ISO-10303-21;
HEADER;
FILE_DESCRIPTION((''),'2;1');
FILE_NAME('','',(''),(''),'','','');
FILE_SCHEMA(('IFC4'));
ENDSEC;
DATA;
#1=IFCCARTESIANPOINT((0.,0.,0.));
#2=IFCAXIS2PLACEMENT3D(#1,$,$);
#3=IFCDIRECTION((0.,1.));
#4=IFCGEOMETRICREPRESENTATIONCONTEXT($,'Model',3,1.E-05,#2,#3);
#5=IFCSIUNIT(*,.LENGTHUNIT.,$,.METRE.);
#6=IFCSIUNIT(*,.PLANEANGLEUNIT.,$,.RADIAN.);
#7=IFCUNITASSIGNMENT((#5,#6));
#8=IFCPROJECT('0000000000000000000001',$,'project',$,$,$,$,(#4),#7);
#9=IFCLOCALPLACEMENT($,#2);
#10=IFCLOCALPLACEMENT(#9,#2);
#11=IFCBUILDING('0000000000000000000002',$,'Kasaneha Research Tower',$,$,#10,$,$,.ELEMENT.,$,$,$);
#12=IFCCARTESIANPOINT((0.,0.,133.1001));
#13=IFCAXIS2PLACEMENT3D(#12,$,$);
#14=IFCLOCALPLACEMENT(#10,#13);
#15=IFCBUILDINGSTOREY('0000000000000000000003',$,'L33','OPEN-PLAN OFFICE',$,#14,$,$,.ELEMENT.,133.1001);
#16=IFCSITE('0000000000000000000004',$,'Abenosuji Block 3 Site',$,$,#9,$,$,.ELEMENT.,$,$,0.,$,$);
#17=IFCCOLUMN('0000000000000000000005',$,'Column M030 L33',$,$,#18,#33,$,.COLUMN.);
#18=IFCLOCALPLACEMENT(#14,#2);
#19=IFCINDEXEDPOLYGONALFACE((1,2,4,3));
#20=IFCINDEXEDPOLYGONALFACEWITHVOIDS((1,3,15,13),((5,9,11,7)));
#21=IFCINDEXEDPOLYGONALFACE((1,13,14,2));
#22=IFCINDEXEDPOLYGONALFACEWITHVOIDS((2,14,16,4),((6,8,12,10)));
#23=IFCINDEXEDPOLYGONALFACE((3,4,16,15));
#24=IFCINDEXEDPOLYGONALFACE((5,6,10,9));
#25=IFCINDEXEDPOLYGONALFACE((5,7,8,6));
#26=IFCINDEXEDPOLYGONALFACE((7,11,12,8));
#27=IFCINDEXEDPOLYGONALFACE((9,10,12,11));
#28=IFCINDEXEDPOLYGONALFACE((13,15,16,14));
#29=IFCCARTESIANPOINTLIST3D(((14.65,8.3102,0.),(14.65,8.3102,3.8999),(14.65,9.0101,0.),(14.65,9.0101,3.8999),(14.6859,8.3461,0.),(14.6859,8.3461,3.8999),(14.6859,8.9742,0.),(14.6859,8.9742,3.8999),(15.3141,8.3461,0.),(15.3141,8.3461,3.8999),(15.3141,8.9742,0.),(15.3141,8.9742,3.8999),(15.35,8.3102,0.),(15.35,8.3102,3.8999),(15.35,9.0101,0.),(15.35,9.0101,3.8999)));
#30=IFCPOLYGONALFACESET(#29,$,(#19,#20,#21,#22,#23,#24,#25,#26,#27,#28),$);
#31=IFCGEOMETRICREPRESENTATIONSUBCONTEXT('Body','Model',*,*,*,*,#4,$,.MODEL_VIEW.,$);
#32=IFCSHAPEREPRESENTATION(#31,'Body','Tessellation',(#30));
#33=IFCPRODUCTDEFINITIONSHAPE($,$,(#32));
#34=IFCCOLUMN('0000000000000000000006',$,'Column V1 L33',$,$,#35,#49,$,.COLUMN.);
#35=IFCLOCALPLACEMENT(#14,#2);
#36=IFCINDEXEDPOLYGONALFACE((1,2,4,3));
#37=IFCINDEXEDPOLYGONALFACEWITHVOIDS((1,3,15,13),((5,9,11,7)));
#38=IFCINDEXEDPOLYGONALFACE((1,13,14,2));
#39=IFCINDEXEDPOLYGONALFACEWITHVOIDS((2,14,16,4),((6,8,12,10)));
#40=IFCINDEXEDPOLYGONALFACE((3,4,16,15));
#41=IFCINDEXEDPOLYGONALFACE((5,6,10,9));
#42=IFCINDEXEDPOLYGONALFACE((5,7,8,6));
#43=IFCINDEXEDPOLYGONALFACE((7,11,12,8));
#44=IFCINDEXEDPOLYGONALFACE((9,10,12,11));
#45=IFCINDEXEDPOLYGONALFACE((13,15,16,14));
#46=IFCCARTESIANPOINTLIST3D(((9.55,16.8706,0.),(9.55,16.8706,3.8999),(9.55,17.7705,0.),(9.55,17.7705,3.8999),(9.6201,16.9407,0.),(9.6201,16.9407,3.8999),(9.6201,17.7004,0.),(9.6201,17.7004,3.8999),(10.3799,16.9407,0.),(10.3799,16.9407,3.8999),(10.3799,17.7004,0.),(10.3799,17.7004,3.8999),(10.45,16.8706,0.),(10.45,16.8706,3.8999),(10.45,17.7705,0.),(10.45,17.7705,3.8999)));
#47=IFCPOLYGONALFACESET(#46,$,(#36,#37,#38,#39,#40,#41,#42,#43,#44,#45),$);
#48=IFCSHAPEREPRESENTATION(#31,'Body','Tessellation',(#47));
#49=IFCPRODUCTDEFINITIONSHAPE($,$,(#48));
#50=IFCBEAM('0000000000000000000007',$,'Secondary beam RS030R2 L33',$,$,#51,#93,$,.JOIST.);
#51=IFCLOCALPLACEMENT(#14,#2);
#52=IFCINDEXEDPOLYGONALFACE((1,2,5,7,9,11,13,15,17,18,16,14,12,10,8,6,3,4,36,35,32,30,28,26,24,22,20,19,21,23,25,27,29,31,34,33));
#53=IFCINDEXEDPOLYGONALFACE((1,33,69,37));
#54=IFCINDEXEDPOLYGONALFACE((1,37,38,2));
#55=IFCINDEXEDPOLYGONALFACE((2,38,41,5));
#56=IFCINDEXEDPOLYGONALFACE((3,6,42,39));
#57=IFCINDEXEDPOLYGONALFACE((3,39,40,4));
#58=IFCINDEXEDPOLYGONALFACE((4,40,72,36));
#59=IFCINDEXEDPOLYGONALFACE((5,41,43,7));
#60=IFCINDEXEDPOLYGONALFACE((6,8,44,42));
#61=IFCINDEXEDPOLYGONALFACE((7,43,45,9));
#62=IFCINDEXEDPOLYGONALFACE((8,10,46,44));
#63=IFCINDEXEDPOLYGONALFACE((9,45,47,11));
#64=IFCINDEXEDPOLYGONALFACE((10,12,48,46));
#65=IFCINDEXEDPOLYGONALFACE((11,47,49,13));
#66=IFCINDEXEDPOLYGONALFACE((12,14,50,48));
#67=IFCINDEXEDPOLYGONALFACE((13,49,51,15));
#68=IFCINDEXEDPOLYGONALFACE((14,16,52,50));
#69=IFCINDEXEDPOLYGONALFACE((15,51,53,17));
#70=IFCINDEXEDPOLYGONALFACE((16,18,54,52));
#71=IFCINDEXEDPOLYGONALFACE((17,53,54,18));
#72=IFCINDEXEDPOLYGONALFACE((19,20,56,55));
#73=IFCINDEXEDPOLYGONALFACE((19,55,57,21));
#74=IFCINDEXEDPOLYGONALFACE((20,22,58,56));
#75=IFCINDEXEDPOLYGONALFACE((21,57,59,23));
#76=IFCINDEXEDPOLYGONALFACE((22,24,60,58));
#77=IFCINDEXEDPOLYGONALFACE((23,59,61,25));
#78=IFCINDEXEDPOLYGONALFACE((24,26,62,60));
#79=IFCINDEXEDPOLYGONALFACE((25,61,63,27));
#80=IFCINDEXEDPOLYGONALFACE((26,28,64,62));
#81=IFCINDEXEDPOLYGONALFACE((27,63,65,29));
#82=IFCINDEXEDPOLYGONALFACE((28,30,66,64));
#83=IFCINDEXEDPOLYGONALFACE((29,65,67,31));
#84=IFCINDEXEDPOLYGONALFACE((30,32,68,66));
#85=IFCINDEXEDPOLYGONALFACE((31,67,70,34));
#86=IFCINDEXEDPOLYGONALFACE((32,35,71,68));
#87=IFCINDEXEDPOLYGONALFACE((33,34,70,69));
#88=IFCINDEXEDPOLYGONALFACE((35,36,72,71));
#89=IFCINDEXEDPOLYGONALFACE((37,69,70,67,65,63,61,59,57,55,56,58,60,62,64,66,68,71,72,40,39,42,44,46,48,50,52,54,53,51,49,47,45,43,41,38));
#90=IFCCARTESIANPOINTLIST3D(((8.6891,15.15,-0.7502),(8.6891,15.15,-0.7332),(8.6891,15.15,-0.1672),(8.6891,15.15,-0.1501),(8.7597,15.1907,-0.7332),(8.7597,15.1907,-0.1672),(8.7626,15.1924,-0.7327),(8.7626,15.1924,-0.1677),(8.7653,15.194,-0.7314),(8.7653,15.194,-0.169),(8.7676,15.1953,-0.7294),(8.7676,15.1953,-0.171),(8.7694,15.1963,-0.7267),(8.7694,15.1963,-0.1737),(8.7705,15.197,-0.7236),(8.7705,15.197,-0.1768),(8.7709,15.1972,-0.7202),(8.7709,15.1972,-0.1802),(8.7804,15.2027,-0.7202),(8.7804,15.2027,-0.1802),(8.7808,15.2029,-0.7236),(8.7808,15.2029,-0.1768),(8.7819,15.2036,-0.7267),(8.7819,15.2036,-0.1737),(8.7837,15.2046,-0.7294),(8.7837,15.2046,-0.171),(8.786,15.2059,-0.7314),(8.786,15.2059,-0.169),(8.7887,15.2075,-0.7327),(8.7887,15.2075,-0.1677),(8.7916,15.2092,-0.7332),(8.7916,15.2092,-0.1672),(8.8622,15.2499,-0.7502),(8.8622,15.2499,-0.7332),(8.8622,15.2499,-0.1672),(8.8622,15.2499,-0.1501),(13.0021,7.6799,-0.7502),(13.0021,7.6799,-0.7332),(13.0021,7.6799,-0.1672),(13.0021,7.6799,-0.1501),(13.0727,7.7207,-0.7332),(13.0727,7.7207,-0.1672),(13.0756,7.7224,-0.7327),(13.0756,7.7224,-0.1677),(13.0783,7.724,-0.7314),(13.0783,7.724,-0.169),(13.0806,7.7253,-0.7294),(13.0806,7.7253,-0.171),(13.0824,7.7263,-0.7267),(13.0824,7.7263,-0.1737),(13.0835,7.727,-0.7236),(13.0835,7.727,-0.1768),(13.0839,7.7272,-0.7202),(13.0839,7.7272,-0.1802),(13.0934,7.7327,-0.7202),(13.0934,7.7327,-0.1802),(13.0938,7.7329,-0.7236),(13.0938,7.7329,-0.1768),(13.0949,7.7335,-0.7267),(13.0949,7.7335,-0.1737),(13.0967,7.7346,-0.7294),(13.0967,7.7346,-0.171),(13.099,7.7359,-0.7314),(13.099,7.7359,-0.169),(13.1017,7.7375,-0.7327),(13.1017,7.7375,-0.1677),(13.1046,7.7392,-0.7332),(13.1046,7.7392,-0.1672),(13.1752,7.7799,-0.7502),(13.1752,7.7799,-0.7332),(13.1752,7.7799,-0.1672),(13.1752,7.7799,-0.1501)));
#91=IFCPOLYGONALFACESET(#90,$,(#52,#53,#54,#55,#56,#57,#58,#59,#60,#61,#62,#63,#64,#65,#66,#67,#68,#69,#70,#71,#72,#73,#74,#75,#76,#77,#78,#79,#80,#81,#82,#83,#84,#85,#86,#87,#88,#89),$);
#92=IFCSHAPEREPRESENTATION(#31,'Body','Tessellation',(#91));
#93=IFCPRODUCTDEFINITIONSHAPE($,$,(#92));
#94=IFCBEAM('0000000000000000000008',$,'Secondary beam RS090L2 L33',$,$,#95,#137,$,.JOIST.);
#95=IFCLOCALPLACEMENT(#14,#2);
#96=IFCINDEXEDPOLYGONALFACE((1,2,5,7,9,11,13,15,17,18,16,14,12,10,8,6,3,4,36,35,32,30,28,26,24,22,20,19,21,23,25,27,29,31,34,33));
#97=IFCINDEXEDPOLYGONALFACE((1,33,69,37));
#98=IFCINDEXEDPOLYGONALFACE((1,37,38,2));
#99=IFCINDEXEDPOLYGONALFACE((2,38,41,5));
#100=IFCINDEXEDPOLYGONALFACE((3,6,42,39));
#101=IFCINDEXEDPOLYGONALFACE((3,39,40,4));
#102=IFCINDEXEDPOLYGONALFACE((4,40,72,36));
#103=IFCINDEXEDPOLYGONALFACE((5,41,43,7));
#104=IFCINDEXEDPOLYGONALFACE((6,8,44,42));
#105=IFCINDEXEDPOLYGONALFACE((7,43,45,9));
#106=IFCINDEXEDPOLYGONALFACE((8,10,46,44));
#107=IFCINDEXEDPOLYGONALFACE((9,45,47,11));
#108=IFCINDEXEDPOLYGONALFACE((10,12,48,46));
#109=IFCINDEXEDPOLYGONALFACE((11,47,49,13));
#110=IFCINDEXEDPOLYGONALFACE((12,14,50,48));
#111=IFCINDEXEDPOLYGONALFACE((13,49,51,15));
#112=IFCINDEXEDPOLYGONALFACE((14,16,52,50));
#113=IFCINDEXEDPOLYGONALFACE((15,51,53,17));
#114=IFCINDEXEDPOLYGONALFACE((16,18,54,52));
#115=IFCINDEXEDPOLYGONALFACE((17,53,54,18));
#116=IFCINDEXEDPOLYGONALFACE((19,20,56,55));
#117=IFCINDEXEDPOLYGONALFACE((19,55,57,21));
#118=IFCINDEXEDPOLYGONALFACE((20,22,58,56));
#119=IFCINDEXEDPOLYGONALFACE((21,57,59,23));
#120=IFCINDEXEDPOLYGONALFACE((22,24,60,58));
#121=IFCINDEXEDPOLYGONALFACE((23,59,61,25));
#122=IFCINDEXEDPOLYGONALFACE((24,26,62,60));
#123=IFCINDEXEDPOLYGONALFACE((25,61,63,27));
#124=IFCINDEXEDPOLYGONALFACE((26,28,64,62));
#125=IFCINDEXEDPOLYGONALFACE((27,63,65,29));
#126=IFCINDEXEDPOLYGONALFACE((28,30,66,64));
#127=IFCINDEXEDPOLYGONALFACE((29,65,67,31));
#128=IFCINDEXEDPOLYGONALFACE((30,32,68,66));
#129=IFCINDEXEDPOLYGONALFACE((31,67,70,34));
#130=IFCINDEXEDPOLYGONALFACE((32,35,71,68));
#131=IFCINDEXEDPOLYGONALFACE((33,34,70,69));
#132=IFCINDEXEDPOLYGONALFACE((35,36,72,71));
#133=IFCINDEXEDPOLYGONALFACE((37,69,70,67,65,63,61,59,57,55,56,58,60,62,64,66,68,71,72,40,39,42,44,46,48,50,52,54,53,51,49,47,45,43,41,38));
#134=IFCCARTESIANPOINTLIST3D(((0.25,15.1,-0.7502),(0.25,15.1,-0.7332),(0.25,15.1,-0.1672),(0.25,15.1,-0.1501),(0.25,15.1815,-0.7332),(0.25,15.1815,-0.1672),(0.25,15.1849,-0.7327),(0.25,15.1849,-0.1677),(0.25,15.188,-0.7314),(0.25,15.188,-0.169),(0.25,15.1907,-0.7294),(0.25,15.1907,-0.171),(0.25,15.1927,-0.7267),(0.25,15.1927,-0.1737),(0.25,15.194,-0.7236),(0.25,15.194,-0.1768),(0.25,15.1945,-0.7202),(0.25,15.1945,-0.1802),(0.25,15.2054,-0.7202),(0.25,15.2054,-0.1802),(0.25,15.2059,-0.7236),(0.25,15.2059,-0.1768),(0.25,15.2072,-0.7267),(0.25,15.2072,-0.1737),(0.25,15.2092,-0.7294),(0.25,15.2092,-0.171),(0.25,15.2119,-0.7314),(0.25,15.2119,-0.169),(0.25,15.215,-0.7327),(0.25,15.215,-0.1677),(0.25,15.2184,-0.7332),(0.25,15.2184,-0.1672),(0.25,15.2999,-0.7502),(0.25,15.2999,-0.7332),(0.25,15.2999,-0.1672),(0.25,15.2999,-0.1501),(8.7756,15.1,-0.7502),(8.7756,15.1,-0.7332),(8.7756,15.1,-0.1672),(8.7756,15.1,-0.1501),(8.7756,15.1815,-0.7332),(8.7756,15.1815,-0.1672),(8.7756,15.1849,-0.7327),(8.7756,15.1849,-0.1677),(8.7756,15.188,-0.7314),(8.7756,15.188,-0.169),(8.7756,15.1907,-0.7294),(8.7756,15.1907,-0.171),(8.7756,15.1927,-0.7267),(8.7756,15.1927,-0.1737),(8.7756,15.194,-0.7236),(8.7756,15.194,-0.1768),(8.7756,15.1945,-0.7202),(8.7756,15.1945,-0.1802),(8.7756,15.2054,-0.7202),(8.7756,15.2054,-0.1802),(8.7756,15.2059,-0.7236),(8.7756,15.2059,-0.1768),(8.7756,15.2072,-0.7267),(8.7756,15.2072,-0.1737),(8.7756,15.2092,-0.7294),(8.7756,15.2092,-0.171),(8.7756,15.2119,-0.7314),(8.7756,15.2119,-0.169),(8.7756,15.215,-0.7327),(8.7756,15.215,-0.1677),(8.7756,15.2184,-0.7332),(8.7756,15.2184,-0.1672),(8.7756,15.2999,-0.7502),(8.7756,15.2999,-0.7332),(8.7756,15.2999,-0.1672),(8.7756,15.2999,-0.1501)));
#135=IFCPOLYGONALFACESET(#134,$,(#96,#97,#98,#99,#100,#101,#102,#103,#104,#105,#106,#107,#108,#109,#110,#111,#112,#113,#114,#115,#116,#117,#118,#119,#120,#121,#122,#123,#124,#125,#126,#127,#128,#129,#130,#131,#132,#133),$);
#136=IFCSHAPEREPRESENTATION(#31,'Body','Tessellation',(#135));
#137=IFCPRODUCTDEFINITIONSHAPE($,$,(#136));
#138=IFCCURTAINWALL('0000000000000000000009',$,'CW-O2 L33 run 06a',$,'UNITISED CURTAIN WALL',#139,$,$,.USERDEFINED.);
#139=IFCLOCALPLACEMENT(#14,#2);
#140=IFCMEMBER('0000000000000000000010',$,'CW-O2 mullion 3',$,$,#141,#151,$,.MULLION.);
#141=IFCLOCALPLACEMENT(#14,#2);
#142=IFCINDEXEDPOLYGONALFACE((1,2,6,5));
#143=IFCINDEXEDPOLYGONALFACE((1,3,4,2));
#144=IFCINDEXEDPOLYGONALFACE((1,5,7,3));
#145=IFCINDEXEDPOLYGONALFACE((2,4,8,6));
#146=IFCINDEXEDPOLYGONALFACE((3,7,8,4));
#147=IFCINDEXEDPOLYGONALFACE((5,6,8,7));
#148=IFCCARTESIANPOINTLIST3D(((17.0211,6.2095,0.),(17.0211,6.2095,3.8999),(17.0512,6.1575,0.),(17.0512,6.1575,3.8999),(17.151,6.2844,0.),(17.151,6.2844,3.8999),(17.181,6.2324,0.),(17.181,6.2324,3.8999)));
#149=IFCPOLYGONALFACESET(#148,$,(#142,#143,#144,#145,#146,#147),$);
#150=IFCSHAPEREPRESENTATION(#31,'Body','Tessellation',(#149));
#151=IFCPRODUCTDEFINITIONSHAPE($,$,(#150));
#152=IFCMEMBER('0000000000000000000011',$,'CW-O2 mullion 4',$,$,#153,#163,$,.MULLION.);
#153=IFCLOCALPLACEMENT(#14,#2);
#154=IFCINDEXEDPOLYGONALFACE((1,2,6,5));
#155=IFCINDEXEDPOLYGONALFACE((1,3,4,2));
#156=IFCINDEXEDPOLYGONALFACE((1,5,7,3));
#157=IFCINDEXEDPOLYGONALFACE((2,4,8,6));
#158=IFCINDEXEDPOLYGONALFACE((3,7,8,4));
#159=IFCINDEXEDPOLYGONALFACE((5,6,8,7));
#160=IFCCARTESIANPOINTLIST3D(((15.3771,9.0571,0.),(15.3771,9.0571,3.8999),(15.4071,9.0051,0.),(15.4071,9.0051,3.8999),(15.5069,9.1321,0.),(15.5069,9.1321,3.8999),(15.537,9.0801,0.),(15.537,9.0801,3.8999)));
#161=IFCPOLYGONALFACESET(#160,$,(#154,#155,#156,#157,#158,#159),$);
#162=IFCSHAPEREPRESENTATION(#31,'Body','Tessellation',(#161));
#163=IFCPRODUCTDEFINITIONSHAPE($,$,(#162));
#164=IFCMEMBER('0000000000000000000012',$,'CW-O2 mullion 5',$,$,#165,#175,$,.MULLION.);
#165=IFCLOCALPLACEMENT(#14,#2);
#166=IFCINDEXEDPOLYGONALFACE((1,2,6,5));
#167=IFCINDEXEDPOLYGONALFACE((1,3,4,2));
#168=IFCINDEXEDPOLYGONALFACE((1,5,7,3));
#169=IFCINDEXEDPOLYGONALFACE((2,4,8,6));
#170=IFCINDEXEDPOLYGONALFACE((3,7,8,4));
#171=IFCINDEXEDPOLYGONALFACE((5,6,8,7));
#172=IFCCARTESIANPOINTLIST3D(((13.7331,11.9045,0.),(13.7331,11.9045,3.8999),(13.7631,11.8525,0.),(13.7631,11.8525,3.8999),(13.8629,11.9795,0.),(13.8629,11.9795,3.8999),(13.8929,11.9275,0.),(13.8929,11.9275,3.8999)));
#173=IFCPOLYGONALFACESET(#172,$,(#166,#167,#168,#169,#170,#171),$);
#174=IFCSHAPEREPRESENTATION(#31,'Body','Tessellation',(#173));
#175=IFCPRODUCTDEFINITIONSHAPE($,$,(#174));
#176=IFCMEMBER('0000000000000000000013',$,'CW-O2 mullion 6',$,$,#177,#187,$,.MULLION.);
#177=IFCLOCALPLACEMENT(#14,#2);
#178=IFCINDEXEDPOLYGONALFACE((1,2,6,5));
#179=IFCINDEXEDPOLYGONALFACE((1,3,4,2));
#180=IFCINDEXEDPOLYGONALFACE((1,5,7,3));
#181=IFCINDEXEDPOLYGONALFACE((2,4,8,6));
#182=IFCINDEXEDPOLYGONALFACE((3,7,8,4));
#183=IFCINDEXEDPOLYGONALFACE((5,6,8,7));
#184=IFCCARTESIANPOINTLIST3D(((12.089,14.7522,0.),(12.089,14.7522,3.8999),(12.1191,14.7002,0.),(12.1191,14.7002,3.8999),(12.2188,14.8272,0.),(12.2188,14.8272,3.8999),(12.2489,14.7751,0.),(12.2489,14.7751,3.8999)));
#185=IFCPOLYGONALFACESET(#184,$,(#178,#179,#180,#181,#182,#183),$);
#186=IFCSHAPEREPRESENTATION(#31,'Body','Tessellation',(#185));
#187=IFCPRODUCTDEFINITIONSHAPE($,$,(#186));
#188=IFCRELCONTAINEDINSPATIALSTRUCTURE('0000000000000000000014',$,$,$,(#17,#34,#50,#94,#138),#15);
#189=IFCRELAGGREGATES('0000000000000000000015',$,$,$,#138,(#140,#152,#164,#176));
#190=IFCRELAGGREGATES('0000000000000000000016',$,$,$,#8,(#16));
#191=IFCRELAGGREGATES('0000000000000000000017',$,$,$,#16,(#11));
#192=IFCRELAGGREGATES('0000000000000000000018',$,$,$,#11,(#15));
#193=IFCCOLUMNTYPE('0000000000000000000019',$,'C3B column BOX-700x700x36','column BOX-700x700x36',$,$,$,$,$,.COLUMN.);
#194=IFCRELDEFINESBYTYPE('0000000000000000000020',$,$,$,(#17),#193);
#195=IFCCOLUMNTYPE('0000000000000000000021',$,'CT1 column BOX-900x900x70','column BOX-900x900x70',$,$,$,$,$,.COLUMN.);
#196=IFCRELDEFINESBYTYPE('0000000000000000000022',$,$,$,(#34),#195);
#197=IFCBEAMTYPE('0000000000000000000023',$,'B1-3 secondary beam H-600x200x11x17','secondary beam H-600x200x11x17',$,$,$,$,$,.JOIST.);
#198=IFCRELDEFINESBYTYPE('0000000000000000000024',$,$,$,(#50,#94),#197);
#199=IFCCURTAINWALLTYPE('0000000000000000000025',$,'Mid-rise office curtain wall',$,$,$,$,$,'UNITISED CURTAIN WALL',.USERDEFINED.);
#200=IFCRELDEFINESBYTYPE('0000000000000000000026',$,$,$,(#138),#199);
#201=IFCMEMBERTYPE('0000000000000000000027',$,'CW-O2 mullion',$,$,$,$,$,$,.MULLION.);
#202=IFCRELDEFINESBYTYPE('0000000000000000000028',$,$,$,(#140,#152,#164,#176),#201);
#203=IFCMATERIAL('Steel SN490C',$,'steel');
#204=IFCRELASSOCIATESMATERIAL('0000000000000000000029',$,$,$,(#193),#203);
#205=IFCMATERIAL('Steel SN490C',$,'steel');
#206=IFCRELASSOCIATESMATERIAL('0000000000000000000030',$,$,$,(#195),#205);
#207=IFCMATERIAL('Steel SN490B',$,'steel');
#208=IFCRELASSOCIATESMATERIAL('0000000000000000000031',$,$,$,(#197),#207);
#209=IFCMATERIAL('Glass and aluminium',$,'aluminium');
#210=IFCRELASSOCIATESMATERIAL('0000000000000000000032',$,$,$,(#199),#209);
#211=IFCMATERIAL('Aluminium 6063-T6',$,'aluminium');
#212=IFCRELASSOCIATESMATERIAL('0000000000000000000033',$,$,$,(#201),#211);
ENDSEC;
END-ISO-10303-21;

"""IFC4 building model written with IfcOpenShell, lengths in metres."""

from ifc_helpers import new_model, si_unit, direction, frame, origin, origin_2d, place, context, subcontext, project, spatial, rectangle, hollow_rectangle, i_section, extrude, material, material_profile, profile_set, type_object, element, aggregate, save


model = new_model("IFC4")

# Units and contexts
model_context = context("Model", 3, precision=1e-05, world=origin(), true_north=direction((0.0, 1.0)))
body_context = subcontext(model_context, "Body", "Model", "MODEL_VIEW")
ifc_project = project(units=[si_unit("LENGTHUNIT", "METRE"), si_unit("PLANEANGLEUNIT", "RADIAN")], contexts=[model_context])

# Site, building, storey
site_placement = place(None, origin())
site = spatial("IfcSite", under=ifc_project, at=site_placement, Name="Abenosuji Block 3 Site", CompositionType="ELEMENT", RefElevation=0.0)
building_placement = place(site_placement, origin())
building = spatial("IfcBuilding", under=site, at=building_placement, Name="Kasaneha Research Tower", CompositionType="ELEMENT")
storey_placement = place(building_placement, frame((0.0, 0.0, 133.1001)))
storey = spatial("IfcBuildingStorey", under=building, at=storey_placement, Name="L33", Description="OPEN-PLAN OFFICE", CompositionType="ELEMENT", Elevation=133.1001)

# Columns
ifc_material_1 = material(Name="Steel SN490C", Category="steel")
ifc_material_profile_1 = material_profile(ifc_material_1, hollow_rectangle(XDim=0.7, YDim=0.7, WallThickness=0.0359, at=origin_2d()), Name="BOX-700x700x36")
ifc_profile_set_1 = profile_set([ifc_material_profile_1], Name="Steel SN490C")
column_type_1 = type_object("IfcColumnType", Name="C3B column BOX-700x700x36", Description="column BOX-700x700x36", PredefinedType="COLUMN", material=ifc_profile_set_1)
column_1_placement = place(storey_placement, frame((15.0, 8.6602, 0.0), z_axis=(0.0, 0.0, 1.0), x_axis=(1.0, 0.0, 0.0)))
element("IfcColumn", 1, at=column_1_placement, inside=storey, type_object=column_type_1, Name="Column M030 L33", PredefinedType="COLUMN", context=body_context, shape_type="SweptSolid", body=[
    extrude(hollow_rectangle(XDim=0.7, YDim=0.7, WallThickness=0.0359, at=origin_2d()), origin(), (0.0, 0.0, 1.0), 3.8999),
])
ifc_material_2 = material(Name="Steel SN490C", Category="steel")
ifc_material_profile_2 = material_profile(ifc_material_2, hollow_rectangle(XDim=0.8999, YDim=0.8999, WallThickness=0.0701, at=origin_2d()), Name="BOX-900x900x70")
ifc_profile_set_2 = profile_set([ifc_material_profile_2], Name="Steel SN490C")
column_type_2 = type_object("IfcColumnType", Name="CT1 column BOX-900x900x70", Description="column BOX-900x900x70", PredefinedType="COLUMN", material=ifc_profile_set_2)
column_2_placement = place(storey_placement, frame((10.0, 17.3206, 0.0), z_axis=(0.0, 0.0, 1.0), x_axis=(1.0, 0.0, 0.0)))
element("IfcColumn", 2, at=column_2_placement, inside=storey, type_object=column_type_2, Name="Column V1 L33", PredefinedType="COLUMN", context=body_context, shape_type="SweptSolid", body=[
    extrude(hollow_rectangle(XDim=0.8999, YDim=0.8999, WallThickness=0.0701, at=origin_2d()), origin(), (0.0, 0.0, 1.0), 3.8999),
])

# Beams
ifc_material_3 = material(Name="Steel SN490B", Category="steel")
ifc_material_profile_3 = material_profile(ifc_material_3, i_section(OverallWidth=0.2, OverallDepth=0.6001, WebThickness=0.011, FlangeThickness=0.0171, FilletRadius=0.0129, at=origin_2d()), Name="H-600x200x11x17")
ifc_profile_set_3 = profile_set([ifc_material_profile_3], Name="Steel SN490B")
beam_type_1 = type_object("IfcBeamType", Name="B1-3 secondary beam H-600x200x11x17", Description="secondary beam H-600x200x11x17", PredefinedType="JOIST", material=ifc_profile_set_3)
beam_1_placement = place(storey_placement, frame((8.7756, 15.2, -0.4502), z_axis=(0.500017, -0.866015, 0.0), x_axis=(0.866015, 0.500017, 0.0)))
element("IfcBeam", 3, at=beam_1_placement, inside=storey, type_object=beam_type_1, Name="Secondary beam RS030R2 L33", PredefinedType="JOIST", context=body_context, shape_type="SweptSolid", body=[
    extrude(i_section(OverallWidth=0.2, OverallDepth=0.6001, WebThickness=0.011, FlangeThickness=0.0171, FilletRadius=0.0129, at=origin_2d()), origin(), (0.0, 0.0, 1.0), 8.6257),
])
beam_2_placement = place(storey_placement, frame((8.7756, 15.2, -0.4502), z_axis=(-1.0, 0.0, 0.0), x_axis=(0.0, -1.0, 0.0)))
element("IfcBeam", 4, at=beam_2_placement, inside=storey, type_object=beam_type_1, Name="Secondary beam RS090L2 L33", PredefinedType="JOIST", context=body_context, shape_type="SweptSolid", body=[
    extrude(i_section(OverallWidth=0.2, OverallDepth=0.6001, WebThickness=0.011, FlangeThickness=0.0171, FilletRadius=0.0129, at=origin_2d()), origin(), (0.0, 0.0, 1.0), 8.5256),
])

# Curtain wall, members
ifc_material_4 = material(Name="Glass and aluminium", Category="aluminium")
curtain_wall_type = type_object("IfcCurtainWallType", Name="Mid-rise office curtain wall", ElementType="UNITISED CURTAIN WALL", PredefinedType="USERDEFINED", material=ifc_material_4)
curtain_wall_1_placement = place(storey_placement, origin())
curtain_wall_1 = element("IfcCurtainWall", 5, at=curtain_wall_1_placement, inside=storey, type_object=curtain_wall_type, Name="CW-O2 L33 run 06a", ObjectType="UNITISED CURTAIN WALL", PredefinedType="USERDEFINED")
ifc_material_5 = material(Name="Aluminium 6063-T6", Category="aluminium")
ifc_material_profile_4 = material_profile(ifc_material_5, rectangle(XDim=0.0601, YDim=0.1499, at=origin_2d()), Name="CW-O2 mullion 60x150")
ifc_profile_set_4 = profile_set([ifc_material_profile_4], Name="Aluminium 6063-T6")
member_type_1 = type_object("IfcMemberType", Name="CW-O2 mullion", PredefinedType="MULLION", material=ifc_profile_set_4)
member_1_placement = place(storey_placement, frame((17.1011, 6.2209, 0.0), z_axis=(0.0, 0.0, 1.0), x_axis=(-0.5, 0.866025, 0.0)))
member_1 = element("IfcMember", 6, at=member_1_placement, type_object=member_type_1, Name="CW-O2 mullion 3", PredefinedType="MULLION", context=body_context, shape_type="SweptSolid", body=[
    extrude(rectangle(XDim=0.0601, YDim=0.1499, at=origin_2d()), origin(), (0.0, 0.0, 1.0), 3.8999),
])
member_2_placement = place(storey_placement, frame((15.457, 9.0686, 0.0), z_axis=(0.0, 0.0, 1.0), x_axis=(-0.5, 0.866025, 0.0)))
member_2 = element("IfcMember", 7, at=member_2_placement, type_object=member_type_1, Name="CW-O2 mullion 4", PredefinedType="MULLION", context=body_context, shape_type="SweptSolid", body=[
    extrude(rectangle(XDim=0.0601, YDim=0.1499, at=origin_2d()), origin(), (0.0, 0.0, 1.0), 3.8999),
])
member_3_placement = place(storey_placement, frame((13.813, 11.916, 0.0), z_axis=(0.0, 0.0, 1.0), x_axis=(-0.5, 0.866025, 0.0)))
member_3 = element("IfcMember", 8, at=member_3_placement, type_object=member_type_1, Name="CW-O2 mullion 5", PredefinedType="MULLION", context=body_context, shape_type="SweptSolid", body=[
    extrude(rectangle(XDim=0.0601, YDim=0.1499, at=origin_2d()), origin(), (0.0, 0.0, 1.0), 3.8999),
])
member_4_placement = place(storey_placement, frame((12.1689, 14.7637, 0.0), z_axis=(0.0, 0.0, 1.0), x_axis=(-0.5, 0.866025, 0.0)))
member_4 = element("IfcMember", 9, at=member_4_placement, type_object=member_type_1, Name="CW-O2 mullion 6", PredefinedType="MULLION", context=body_context, shape_type="SweptSolid", body=[
    extrude(rectangle(XDim=0.0601, YDim=0.1499, at=origin_2d()), origin(), (0.0, 0.0, 1.0), 3.8999),
])

aggregate(curtain_wall_1, [member_1, member_2, member_3, member_4])

save(model, "model.ifc")
